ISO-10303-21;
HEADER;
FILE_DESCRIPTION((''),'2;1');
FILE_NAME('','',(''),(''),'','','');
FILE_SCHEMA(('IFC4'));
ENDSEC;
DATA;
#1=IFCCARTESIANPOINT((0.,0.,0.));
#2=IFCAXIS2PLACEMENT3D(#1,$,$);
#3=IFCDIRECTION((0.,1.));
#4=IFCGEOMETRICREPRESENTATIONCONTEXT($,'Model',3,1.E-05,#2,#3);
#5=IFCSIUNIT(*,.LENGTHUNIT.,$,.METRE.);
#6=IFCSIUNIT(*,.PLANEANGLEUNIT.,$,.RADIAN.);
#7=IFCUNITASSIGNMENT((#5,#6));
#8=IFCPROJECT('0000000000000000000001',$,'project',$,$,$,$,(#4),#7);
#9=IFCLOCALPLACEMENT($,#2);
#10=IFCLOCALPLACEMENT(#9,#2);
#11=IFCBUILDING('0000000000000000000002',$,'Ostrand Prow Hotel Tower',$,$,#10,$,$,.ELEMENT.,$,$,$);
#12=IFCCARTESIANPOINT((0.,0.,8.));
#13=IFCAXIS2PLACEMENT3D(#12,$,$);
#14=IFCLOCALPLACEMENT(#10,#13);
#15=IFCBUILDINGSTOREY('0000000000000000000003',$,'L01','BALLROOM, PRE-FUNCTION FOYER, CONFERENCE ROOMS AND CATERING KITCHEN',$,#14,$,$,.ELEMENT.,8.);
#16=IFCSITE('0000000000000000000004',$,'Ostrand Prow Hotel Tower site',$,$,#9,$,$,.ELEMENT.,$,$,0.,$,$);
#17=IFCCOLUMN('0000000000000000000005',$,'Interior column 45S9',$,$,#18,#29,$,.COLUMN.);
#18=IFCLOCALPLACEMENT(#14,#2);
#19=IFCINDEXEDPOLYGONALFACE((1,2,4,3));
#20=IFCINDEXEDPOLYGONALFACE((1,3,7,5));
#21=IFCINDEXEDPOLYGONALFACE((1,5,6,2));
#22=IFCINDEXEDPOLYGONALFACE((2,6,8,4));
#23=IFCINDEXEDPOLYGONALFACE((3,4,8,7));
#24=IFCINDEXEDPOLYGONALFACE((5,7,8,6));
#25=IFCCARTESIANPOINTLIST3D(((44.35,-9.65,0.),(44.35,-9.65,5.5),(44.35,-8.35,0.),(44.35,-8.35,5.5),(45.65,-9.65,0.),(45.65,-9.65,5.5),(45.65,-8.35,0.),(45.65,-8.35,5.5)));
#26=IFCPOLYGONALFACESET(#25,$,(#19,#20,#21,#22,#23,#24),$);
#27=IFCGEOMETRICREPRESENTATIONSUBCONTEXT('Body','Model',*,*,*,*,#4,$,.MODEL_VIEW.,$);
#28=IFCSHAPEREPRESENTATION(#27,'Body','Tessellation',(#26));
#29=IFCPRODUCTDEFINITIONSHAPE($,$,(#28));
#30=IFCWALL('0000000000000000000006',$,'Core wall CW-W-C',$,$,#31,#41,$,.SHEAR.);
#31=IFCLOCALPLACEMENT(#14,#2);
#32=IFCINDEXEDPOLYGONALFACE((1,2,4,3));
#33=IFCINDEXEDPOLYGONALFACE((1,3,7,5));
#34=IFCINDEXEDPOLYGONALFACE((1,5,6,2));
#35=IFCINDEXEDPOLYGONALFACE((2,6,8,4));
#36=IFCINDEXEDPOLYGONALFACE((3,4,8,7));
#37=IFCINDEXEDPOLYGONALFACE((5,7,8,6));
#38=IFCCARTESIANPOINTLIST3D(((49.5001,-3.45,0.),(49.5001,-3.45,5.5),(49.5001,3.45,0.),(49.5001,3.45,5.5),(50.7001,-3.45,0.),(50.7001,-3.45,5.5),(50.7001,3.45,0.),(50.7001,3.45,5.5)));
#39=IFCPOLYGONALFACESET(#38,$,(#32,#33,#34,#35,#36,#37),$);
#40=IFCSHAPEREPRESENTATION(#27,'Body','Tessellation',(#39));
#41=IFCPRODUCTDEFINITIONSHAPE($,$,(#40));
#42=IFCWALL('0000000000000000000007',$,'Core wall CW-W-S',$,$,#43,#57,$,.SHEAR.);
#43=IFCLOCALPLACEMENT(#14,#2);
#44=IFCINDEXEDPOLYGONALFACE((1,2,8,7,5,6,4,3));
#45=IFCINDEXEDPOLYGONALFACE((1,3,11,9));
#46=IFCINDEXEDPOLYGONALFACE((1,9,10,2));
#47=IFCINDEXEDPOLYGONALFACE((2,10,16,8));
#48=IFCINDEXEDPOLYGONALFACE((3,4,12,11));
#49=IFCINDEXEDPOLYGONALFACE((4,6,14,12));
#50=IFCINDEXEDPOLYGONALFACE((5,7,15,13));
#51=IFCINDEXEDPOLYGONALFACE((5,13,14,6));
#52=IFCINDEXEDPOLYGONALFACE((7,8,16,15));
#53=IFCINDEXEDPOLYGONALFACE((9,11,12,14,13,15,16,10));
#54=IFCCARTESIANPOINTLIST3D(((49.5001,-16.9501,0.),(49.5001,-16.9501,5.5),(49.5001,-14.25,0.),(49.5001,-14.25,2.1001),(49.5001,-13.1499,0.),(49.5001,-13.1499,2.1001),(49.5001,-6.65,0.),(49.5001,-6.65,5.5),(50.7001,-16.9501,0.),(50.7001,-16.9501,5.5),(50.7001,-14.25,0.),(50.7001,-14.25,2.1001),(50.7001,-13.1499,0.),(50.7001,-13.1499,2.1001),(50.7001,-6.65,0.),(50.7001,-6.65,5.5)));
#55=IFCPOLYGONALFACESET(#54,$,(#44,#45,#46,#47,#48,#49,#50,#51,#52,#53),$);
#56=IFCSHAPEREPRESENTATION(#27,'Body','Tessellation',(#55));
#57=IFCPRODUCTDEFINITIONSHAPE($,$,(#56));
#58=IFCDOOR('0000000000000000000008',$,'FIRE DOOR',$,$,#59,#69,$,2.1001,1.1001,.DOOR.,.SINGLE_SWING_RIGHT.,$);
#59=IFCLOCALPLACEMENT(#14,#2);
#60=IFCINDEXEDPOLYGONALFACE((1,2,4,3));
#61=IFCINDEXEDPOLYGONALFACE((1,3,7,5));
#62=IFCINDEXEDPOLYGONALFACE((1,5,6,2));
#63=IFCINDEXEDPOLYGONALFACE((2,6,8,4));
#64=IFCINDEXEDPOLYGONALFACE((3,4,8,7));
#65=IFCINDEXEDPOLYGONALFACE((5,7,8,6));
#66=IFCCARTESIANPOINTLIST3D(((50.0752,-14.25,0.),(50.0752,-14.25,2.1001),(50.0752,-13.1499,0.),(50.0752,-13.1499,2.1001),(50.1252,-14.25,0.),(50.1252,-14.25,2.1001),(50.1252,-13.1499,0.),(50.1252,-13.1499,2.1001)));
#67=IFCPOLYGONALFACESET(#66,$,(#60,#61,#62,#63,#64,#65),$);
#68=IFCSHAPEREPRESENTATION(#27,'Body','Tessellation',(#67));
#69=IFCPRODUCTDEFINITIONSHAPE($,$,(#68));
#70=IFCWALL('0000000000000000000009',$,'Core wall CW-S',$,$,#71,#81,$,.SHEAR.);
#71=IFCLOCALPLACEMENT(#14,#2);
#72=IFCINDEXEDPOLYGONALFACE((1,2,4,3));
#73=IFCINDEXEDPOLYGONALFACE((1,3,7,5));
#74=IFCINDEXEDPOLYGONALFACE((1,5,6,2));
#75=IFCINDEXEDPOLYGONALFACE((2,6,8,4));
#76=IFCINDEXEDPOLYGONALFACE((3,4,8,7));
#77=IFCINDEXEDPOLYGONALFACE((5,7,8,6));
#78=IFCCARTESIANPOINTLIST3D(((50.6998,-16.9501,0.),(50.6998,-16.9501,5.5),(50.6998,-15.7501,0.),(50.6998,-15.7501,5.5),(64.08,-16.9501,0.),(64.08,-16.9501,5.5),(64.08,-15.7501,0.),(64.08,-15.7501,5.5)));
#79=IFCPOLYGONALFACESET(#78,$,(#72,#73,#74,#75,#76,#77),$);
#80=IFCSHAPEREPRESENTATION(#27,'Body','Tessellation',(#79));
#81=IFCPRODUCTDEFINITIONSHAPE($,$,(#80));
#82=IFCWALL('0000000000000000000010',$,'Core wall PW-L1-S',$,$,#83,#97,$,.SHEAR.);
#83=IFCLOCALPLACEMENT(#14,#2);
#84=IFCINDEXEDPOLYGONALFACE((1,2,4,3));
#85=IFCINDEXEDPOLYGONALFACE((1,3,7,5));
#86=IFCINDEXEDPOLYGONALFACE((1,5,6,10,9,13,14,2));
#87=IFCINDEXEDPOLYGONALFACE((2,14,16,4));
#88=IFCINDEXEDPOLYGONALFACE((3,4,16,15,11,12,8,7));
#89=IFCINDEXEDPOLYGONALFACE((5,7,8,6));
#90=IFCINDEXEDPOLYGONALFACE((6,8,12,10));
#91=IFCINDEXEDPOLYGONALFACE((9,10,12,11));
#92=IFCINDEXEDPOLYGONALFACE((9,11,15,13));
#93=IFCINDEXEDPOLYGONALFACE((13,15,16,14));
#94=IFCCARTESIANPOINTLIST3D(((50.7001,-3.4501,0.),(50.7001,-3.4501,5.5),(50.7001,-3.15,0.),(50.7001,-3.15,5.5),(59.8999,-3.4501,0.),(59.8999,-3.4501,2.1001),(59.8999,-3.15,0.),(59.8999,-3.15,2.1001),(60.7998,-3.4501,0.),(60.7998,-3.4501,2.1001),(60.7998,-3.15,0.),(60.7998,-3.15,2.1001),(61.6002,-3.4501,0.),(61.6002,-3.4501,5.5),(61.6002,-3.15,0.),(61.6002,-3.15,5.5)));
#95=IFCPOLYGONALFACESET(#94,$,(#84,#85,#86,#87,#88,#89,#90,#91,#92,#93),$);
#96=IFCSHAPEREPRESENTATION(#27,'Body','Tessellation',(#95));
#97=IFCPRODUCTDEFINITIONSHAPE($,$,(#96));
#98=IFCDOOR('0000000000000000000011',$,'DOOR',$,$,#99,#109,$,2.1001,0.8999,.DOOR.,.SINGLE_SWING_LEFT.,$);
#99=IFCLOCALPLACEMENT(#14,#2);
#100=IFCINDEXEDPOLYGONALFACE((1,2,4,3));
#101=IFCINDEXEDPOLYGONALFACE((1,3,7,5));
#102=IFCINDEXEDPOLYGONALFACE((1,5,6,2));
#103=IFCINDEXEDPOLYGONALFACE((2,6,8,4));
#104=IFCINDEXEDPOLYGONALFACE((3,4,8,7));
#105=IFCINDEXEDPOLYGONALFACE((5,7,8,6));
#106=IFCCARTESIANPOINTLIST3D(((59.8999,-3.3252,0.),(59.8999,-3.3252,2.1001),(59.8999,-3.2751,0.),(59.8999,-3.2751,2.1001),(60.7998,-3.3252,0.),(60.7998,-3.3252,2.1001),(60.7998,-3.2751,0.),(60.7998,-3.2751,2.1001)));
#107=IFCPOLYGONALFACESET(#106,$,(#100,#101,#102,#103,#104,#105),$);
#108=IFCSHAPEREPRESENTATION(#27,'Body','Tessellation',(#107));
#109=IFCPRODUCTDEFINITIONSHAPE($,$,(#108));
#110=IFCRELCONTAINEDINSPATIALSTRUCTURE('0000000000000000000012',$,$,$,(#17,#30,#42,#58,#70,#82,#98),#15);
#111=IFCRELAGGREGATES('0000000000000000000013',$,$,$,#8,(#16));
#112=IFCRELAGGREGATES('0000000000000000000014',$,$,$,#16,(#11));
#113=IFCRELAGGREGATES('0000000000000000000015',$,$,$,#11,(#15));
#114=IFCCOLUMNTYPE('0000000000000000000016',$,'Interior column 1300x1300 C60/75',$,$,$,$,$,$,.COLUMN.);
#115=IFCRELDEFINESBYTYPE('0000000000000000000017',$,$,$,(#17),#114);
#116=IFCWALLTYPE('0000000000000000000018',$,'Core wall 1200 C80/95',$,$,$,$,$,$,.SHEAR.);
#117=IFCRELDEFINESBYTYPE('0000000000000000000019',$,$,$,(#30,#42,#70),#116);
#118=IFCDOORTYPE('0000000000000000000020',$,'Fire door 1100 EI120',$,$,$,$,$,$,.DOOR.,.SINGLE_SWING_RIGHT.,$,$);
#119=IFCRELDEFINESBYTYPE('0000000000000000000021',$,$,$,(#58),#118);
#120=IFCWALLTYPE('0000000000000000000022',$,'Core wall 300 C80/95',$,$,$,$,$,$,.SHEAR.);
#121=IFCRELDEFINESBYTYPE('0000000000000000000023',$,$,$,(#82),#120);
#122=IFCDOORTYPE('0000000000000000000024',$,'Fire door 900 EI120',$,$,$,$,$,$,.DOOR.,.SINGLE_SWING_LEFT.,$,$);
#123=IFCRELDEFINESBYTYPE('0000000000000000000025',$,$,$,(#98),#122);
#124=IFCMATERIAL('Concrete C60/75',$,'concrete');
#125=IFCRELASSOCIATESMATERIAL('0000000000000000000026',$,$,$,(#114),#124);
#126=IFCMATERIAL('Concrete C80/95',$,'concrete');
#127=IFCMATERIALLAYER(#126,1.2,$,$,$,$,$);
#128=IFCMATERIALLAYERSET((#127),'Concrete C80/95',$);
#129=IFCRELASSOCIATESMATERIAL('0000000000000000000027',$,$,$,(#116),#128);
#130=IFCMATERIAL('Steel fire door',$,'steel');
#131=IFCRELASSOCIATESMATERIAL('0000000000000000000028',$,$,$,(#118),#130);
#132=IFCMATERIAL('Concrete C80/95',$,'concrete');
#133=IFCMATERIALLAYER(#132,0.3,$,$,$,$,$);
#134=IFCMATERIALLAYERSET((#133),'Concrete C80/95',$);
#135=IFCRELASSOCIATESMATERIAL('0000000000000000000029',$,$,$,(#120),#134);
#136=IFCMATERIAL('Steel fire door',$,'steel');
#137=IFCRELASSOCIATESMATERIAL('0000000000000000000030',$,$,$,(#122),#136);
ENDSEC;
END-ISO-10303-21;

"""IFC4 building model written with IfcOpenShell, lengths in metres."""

from ifc_helpers import new_model, si_unit, direction, frame, frame_2d, origin, origin_2d, place, context, subcontext, project, spatial, rectangle, extrude, material, layer, layer_set, material_profile, profile_set, type_object, element, fill, save


model = new_model("IFC4")

# Units and contexts
model_context = context("Model", 3, precision=1e-05, world=origin(), true_north=direction((0.0, 1.0)))
body_context = subcontext(model_context, "Body", "Model", "MODEL_VIEW")
ifc_project = project(units=[si_unit("LENGTHUNIT", "METRE"), si_unit("PLANEANGLEUNIT", "RADIAN")], contexts=[model_context])

# Site, building, storey
site_placement = place(None, origin())
site = spatial("IfcSite", under=ifc_project, at=site_placement, Name="Ostrand Prow Hotel Tower site", CompositionType="ELEMENT", RefElevation=0.0)
building_placement = place(site_placement, origin())
building = spatial("IfcBuilding", under=site, at=building_placement, Name="Ostrand Prow Hotel Tower", CompositionType="ELEMENT")
storey_placement = place(building_placement, frame((0.0, 0.0, 8.0)))
storey = spatial("IfcBuildingStorey", under=building, at=storey_placement, Name="L01", Description="BALLROOM, PRE-FUNCTION FOYER, CONFERENCE ROOMS AND CATERING KITCHEN", CompositionType="ELEMENT", Elevation=8.0)

# Column
ifc_material_1 = material(Name="Concrete C60/75", Category="concrete")
ifc_material_profile = material_profile(ifc_material_1, rectangle(XDim=1.3, YDim=1.3, at=origin_2d()), Name="RC 1300x1300")
ifc_profile_set = profile_set([ifc_material_profile], Name="Concrete C60/75")
column_type = type_object("IfcColumnType", Name="Interior column 1300x1300 C60/75", PredefinedType="COLUMN", material=ifc_profile_set)
column_placement = place(storey_placement, frame((45.0, -9.0, 0.0), z_axis=(0.0, 0.0, 1.0), x_axis=(1.0, 0.0, 0.0)))
element("IfcColumn", 1, at=column_placement, inside=storey, type_object=column_type, Name="Interior column 45S9", PredefinedType="COLUMN", context=body_context, shape_type="SweptSolid", body=[
    extrude(rectangle(XDim=1.3, YDim=1.3, at=origin_2d()), origin(), (0.0, 0.0, 1.0), 5.5),
])

# Wall
ifc_material_2 = material(Name="Concrete C80/95", Category="concrete")
ifc_layer_1 = layer(ifc_material_2, 1.2)
ifc_layer_set_1 = layer_set([ifc_layer_1], Name="Concrete C80/95")
wall_type_1 = type_object("IfcWallType", Name="Core wall 1200 C80/95", PredefinedType="SHEAR", material=ifc_layer_set_1)
wall_1_placement = place(storey_placement, frame((50.1001, -3.45, 0.0), z_axis=(0.0, 0.0, 1.0), x_axis=(0.0, 1.0, 0.0)))
element("IfcWall", 2, at=wall_1_placement, inside=storey, type_object=wall_type_1, Name="Core wall CW-W-C", PredefinedType="SHEAR", context=body_context, shape_type="SweptSolid", body=[
    extrude(rectangle(XDim=6.8999, YDim=1.2, at=frame_2d((3.45, 0.0))), origin(), (0.0, 0.0, 1.0), 5.5),
])

# Wall, opening, door
wall_2_placement = place(storey_placement, frame((50.1001, -16.95, 0.0), z_axis=(0.0, 0.0, 1.0), x_axis=(0.0, 1.0, 0.0)))
wall_2 = element("IfcWall", 3, at=wall_2_placement, inside=storey, type_object=wall_type_1, Name="Core wall CW-W-S", PredefinedType="SHEAR", context=body_context, shape_type="SweptSolid", body=[
    extrude(rectangle(XDim=10.3, YDim=1.2, at=frame_2d((5.1499, 0.0))), origin(), (0.0, 0.0, 1.0), 5.5),
])
opening_1_placement = place(wall_2_placement, frame((2.7, 0.0, 0.0)))
opening_1 = element("IfcOpeningElement", 4, at=opening_1_placement, cuts=wall_2, PredefinedType="OPENING", context=body_context, shape_type="SweptSolid", body=[
    extrude(rectangle(XDim=1.1001, YDim=2.1001, at=frame_2d((0.55, 1.05))), frame((0.0, 0.6099, 0.0), z_axis=(0.0, -1.0, 0.0), x_axis=(1.0, 0.0, 0.0)), (0.0, 0.0, 1.0), 1.22),
])
ifc_material_3 = material(Name="Steel fire door", Category="steel")
door_type_1 = type_object("IfcDoorType", Name="Fire door 1100 EI120", OperationType="SINGLE_SWING_RIGHT", PredefinedType="DOOR", material=ifc_material_3)
door_1_placement = place(opening_1_placement, origin())
door_1 = element("IfcDoor", 5, at=door_1_placement, inside=storey, type_object=door_type_1, Name="FIRE DOOR", OperationType="SINGLE_SWING_RIGHT", OverallHeight=2.1001, OverallWidth=1.1001, PredefinedType="DOOR", context=body_context, shape_type="SweptSolid", body=[
    extrude(rectangle(XDim=1.1001, YDim=2.1001, at=frame_2d((0.55, 1.05))), frame((0.0, 0.0249, 0.0), z_axis=(0.0, -1.0, 0.0), x_axis=(1.0, 0.0, 0.0)), (0.0, 0.0, 1.0), 0.05),
])
fill(opening_1, door_1)

# Wall
wall_3_placement = place(storey_placement, frame((50.7, -16.3501, 0.0), z_axis=(0.0, 0.0, 1.0), x_axis=(1.0, 0.0, 0.0)))
element("IfcWall", 6, at=wall_3_placement, inside=storey, type_object=wall_type_1, Name="Core wall CW-S", PredefinedType="SHEAR", context=body_context, shape_type="SweptSolid", body=[
    extrude(rectangle(XDim=13.3801, YDim=1.2, at=frame_2d((6.6899, 0.0))), origin(), (0.0, 0.0, 1.0), 5.5),
])

# Wall, opening, door
ifc_material_4 = material(Name="Concrete C80/95", Category="concrete")
ifc_layer_2 = layer(ifc_material_4, 0.3)
ifc_layer_set_2 = layer_set([ifc_layer_2], Name="Concrete C80/95")
wall_type_2 = type_object("IfcWallType", Name="Core wall 300 C80/95", PredefinedType="SHEAR", material=ifc_layer_set_2)
wall_4_placement = place(storey_placement, frame((50.7, -3.3, 0.0), z_axis=(0.0, 0.0, 1.0), x_axis=(1.0, 0.0, 0.0)))
wall_4 = element("IfcWall", 7, at=wall_4_placement, inside=storey, type_object=wall_type_2, Name="Core wall PW-L1-S", PredefinedType="SHEAR", context=body_context, shape_type="SweptSolid", body=[
    extrude(rectangle(XDim=10.9001, YDim=0.3, at=frame_2d((5.4502, 0.0))), origin(), (0.0, 0.0, 1.0), 5.5),
])
opening_2_placement = place(wall_4_placement, frame((9.2, 0.0, 0.0)))
opening_2 = element("IfcOpeningElement", 8, at=opening_2_placement, cuts=wall_4, PredefinedType="OPENING", context=body_context, shape_type="SweptSolid", body=[
    extrude(rectangle(XDim=0.8999, YDim=2.1001, at=frame_2d((0.45, 1.05))), frame((0.0, 0.1599, 0.0), z_axis=(0.0, -1.0, 0.0), x_axis=(1.0, 0.0, 0.0)), (0.0, 0.0, 1.0), 0.3201),
])
ifc_material_5 = material(Name="Steel fire door", Category="steel")
door_type_2 = type_object("IfcDoorType", Name="Fire door 900 EI120", OperationType="SINGLE_SWING_LEFT", PredefinedType="DOOR", material=ifc_material_5)
door_2_placement = place(opening_2_placement, origin())
door_2 = element("IfcDoor", 9, at=door_2_placement, inside=storey, type_object=door_type_2, Name="DOOR", OperationType="SINGLE_SWING_LEFT", OverallHeight=2.1001, OverallWidth=0.8999, PredefinedType="DOOR", context=body_context, shape_type="SweptSolid", body=[
    extrude(rectangle(XDim=0.8999, YDim=2.1001, at=frame_2d((0.45, 1.05))), frame((0.0, 0.0249, 0.0), z_axis=(0.0, -1.0, 0.0), x_axis=(1.0, 0.0, 0.0)), (0.0, 0.0, 1.0), 0.05),
])
fill(opening_2, door_2)

save(model, "model.ifc")
